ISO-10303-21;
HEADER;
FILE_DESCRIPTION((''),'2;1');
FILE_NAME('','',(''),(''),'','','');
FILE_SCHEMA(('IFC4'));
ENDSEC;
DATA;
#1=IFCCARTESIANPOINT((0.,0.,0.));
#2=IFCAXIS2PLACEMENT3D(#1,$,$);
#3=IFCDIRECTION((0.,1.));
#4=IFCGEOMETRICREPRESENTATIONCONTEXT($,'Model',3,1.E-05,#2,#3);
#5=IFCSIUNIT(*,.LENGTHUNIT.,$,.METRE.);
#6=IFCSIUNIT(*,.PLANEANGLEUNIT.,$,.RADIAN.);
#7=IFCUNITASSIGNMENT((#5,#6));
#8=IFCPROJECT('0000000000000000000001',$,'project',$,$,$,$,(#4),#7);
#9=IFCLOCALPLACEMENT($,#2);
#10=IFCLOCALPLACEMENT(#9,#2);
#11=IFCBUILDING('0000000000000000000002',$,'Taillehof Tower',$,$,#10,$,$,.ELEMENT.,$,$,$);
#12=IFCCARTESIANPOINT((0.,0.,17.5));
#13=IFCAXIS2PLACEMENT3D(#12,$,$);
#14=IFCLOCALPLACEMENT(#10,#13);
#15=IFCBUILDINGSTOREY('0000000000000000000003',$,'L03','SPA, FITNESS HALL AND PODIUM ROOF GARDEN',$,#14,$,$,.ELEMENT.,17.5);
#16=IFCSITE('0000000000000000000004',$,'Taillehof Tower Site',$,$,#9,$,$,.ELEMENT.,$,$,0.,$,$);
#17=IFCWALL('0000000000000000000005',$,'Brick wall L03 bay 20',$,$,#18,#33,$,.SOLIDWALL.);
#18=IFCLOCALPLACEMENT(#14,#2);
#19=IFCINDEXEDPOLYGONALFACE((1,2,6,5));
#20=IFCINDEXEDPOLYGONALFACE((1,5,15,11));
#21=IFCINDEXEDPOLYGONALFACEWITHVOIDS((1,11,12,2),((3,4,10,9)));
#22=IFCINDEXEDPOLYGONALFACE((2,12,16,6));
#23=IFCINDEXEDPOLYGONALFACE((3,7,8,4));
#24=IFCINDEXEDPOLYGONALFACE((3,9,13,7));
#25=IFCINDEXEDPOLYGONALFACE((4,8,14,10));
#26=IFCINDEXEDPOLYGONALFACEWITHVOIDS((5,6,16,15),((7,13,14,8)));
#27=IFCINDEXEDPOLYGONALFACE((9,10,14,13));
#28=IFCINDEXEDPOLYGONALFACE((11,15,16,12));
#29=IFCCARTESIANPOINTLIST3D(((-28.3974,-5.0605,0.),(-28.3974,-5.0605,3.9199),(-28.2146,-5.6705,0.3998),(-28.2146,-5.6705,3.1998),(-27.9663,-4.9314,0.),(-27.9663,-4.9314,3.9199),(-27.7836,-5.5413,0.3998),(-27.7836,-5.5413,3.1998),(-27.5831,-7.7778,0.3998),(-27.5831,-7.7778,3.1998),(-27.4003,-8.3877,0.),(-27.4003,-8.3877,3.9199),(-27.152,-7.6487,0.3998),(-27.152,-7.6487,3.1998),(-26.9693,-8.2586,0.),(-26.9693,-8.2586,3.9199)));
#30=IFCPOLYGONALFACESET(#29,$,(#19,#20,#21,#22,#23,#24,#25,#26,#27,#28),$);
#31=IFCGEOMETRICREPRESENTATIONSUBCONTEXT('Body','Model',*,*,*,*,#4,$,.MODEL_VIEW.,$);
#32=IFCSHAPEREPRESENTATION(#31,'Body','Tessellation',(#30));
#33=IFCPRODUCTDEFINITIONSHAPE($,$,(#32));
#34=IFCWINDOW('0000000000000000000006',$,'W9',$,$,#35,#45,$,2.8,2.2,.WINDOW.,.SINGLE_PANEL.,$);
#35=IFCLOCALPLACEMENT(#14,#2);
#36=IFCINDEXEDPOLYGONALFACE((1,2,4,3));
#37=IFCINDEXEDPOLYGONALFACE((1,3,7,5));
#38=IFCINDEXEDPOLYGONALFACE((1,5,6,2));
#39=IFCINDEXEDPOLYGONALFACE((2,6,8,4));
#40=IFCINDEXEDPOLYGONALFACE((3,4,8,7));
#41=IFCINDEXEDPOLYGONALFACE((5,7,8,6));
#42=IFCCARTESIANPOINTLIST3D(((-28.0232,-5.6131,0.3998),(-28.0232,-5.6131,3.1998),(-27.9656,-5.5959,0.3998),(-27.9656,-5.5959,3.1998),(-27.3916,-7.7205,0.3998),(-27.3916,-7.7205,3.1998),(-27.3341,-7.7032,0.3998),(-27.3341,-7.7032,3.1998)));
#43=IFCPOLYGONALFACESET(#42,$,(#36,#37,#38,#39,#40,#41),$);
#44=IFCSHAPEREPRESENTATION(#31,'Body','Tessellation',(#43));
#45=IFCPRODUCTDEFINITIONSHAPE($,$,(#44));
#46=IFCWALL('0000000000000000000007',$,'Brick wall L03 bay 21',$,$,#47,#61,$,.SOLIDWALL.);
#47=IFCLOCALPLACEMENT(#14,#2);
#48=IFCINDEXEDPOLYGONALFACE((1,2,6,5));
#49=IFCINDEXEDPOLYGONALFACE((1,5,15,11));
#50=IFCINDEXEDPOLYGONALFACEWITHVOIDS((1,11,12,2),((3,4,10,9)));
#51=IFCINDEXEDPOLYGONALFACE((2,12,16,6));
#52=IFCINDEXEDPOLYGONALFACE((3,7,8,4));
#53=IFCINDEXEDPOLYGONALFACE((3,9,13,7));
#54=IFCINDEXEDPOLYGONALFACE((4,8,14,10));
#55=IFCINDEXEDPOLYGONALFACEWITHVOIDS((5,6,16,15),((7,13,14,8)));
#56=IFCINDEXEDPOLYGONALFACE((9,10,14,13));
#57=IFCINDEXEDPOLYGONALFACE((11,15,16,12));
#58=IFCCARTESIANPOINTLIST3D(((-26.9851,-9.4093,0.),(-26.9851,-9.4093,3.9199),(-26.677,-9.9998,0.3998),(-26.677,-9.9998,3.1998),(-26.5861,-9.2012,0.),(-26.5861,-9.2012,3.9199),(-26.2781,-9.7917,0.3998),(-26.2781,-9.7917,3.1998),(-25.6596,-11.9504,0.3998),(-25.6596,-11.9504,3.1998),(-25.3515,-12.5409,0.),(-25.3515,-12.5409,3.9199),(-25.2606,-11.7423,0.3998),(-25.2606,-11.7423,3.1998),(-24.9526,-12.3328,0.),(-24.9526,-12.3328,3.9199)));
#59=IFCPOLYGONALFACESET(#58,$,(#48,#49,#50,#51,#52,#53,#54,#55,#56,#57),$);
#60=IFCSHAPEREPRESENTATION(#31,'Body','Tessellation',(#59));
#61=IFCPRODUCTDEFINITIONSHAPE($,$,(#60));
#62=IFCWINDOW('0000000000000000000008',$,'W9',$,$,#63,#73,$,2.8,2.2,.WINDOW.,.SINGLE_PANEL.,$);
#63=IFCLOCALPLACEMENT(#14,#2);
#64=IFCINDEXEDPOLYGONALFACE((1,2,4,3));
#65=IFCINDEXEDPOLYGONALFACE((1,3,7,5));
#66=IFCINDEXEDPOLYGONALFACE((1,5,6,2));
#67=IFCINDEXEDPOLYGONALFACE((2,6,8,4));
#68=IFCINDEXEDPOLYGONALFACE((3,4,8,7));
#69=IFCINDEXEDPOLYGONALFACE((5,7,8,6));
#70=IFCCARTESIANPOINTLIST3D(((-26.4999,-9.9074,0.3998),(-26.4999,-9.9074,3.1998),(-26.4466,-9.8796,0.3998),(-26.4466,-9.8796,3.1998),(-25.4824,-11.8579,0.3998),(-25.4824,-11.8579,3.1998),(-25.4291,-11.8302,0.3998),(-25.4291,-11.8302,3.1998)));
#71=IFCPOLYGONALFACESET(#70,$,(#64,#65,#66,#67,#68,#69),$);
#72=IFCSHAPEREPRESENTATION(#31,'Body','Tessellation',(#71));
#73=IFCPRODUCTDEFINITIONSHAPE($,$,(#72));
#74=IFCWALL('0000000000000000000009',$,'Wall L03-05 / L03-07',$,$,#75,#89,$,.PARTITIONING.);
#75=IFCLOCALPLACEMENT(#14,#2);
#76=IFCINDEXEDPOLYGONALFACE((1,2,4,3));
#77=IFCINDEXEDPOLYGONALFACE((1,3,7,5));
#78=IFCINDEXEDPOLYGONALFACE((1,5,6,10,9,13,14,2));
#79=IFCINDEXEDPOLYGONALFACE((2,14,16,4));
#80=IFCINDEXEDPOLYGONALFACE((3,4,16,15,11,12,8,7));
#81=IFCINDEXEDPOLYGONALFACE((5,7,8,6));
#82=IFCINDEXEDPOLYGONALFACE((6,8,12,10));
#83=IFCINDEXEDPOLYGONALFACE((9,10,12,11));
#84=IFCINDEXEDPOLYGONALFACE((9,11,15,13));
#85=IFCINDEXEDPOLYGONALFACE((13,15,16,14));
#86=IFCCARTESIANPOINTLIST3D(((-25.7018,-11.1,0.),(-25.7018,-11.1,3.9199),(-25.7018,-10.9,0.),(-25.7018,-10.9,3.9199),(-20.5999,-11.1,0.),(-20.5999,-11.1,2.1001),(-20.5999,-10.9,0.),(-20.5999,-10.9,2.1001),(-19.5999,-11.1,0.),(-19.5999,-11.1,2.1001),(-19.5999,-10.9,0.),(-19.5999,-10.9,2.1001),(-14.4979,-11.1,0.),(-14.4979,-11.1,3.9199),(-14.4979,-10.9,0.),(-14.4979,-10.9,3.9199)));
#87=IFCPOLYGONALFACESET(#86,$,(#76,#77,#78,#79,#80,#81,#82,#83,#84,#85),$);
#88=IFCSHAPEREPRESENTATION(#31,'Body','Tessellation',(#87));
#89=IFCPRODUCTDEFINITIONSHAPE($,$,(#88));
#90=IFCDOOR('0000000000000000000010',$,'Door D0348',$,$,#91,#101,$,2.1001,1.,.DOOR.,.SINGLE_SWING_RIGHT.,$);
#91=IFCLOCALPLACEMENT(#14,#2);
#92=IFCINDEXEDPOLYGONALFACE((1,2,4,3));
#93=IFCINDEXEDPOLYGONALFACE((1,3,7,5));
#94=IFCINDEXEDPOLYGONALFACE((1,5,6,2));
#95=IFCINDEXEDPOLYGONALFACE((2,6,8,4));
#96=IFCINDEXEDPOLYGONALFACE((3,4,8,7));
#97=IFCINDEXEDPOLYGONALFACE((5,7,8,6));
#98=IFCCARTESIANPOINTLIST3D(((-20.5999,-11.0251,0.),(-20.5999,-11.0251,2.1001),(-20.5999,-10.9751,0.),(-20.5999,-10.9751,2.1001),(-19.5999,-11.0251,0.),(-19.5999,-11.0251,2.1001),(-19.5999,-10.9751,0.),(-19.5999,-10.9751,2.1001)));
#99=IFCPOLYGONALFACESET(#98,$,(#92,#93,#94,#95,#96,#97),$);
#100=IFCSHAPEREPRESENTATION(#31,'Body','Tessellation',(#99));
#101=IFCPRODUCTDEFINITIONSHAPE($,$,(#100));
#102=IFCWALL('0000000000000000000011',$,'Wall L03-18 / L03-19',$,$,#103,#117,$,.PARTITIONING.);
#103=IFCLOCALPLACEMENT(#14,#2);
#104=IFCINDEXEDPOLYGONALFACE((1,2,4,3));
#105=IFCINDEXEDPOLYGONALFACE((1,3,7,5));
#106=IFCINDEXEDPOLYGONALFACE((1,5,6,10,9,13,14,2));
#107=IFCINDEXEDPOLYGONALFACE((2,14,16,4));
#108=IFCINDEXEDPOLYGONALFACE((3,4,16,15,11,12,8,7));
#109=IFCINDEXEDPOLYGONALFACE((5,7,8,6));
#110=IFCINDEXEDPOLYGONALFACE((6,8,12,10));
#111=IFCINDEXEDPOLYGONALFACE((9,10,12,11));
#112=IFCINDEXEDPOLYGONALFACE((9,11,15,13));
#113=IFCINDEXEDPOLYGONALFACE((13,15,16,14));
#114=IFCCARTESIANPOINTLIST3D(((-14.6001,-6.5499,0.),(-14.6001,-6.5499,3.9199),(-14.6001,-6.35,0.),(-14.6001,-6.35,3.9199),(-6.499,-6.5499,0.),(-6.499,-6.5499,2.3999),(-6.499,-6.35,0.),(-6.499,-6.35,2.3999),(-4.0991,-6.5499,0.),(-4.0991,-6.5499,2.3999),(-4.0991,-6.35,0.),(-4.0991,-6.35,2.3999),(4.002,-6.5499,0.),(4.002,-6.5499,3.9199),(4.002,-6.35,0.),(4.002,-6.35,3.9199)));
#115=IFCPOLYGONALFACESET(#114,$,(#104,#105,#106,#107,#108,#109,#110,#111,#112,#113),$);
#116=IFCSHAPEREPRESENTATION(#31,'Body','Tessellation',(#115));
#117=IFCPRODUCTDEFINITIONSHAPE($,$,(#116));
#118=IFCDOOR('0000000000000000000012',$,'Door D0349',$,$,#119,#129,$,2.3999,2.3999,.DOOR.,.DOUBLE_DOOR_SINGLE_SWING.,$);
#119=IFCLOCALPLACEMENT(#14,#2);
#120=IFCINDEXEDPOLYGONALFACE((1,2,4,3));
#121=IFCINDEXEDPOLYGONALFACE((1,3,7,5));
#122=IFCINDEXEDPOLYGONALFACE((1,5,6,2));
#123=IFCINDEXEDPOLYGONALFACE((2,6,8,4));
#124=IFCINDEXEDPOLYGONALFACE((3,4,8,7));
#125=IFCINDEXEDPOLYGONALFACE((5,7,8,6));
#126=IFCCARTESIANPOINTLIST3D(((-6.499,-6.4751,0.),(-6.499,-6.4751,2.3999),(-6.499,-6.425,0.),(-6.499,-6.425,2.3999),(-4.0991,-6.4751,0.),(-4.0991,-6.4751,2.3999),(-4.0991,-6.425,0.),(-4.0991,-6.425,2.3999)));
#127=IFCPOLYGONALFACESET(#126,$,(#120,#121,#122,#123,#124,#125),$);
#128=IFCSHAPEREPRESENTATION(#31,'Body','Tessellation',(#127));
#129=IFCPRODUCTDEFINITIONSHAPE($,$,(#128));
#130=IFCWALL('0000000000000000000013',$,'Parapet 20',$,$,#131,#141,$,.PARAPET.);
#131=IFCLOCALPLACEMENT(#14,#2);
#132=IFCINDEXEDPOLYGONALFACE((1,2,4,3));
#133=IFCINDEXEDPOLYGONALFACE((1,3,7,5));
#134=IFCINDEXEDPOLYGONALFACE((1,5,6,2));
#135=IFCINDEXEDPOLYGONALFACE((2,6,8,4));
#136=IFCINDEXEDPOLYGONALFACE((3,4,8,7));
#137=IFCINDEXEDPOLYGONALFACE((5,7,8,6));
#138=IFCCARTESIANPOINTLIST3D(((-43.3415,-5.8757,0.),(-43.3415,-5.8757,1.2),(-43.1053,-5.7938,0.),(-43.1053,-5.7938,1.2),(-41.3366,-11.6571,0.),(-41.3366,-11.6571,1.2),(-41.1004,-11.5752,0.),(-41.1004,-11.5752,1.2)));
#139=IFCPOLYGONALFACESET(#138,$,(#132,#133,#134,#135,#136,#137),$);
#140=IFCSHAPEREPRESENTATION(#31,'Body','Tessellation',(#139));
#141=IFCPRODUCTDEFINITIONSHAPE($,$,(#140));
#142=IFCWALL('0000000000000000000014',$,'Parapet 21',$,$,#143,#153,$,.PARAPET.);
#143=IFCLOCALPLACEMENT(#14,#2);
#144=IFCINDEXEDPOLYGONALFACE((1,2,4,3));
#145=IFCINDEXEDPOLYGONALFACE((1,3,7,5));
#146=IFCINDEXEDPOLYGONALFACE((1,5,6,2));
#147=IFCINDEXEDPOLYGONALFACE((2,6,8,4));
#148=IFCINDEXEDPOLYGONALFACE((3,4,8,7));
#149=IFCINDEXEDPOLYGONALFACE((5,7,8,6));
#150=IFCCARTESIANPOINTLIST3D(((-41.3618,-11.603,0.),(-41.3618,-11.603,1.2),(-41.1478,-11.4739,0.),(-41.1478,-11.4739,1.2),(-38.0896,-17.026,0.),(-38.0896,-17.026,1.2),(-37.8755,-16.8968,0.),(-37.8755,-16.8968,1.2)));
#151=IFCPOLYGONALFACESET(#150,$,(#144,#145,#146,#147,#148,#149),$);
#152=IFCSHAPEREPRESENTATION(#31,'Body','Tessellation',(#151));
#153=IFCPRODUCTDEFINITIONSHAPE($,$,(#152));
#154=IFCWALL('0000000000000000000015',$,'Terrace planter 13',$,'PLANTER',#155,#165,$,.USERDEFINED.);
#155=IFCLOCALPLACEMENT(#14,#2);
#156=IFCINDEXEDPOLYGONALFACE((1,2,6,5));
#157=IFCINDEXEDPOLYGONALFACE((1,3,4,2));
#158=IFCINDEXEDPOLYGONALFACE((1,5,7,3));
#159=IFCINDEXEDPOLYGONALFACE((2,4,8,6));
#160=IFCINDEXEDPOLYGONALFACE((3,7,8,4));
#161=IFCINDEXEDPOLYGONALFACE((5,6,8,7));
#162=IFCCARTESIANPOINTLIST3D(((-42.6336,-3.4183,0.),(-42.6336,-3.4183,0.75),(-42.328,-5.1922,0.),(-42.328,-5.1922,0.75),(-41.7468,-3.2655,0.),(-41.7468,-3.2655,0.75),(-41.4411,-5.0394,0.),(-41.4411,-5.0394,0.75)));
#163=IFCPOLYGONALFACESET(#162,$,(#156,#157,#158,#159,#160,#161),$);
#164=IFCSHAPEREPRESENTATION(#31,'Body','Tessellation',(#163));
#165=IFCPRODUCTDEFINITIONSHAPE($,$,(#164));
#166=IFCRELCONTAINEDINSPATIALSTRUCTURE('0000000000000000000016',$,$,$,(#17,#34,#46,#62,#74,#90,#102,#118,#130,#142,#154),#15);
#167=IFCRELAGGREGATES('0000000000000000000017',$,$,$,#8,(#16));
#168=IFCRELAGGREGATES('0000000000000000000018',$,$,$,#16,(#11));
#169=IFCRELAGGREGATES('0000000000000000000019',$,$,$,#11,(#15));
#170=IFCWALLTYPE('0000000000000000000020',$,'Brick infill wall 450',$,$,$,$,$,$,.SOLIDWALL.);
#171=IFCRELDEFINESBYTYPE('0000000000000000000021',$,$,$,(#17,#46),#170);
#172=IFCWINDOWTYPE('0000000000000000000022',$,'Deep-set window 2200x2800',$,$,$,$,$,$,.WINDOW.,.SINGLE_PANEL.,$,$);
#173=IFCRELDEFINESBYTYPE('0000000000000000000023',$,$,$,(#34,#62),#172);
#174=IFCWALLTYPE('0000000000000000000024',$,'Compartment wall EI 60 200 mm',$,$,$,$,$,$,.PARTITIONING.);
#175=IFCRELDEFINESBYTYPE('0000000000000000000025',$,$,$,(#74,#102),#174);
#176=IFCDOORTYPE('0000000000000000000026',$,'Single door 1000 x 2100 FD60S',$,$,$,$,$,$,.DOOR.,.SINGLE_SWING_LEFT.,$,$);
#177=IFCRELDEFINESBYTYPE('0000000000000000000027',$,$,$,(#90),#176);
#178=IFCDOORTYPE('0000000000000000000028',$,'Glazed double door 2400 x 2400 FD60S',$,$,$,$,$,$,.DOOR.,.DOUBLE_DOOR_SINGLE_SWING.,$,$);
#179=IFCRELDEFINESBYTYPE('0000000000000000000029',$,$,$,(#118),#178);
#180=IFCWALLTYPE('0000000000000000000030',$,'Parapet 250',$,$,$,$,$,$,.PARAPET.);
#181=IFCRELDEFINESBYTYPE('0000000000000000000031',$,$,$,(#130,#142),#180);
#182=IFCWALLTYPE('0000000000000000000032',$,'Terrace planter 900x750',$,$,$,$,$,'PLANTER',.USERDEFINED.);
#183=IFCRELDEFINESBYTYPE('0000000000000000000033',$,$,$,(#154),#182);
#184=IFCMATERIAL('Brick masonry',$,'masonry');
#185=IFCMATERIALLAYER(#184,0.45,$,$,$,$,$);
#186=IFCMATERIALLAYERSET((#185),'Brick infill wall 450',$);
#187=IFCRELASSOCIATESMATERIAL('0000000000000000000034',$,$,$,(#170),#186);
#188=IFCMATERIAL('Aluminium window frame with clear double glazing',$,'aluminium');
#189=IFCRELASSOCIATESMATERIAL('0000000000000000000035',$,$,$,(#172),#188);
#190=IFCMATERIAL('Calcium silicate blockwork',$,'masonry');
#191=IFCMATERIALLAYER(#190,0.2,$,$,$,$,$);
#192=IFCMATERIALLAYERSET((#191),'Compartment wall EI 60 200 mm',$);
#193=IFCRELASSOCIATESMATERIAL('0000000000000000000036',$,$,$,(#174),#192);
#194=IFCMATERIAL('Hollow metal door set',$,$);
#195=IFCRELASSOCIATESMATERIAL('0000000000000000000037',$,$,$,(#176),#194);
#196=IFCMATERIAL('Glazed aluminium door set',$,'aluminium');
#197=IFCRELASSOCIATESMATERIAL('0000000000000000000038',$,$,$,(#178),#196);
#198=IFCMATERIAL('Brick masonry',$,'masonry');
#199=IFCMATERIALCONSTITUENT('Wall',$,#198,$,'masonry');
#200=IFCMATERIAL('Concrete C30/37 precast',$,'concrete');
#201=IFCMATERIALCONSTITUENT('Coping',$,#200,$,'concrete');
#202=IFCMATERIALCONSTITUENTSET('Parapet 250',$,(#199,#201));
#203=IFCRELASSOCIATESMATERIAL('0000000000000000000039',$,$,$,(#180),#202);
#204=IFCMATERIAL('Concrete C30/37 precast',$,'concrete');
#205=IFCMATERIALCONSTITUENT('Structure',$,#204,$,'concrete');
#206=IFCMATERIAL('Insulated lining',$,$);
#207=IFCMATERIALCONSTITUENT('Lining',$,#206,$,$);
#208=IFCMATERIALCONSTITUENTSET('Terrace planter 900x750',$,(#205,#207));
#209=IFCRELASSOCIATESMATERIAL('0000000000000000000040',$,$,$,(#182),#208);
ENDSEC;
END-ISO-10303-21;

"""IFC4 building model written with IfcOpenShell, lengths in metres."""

from ifc_helpers import new_model, si_unit, direction, frame, frame_2d, origin, place, context, subcontext, project, spatial, rectangle, extrude, material, layer, layer_set, constituent, constituent_set, type_object, element, fill, save


model = new_model("IFC4")

# Units and contexts
model_context = context("Model", 3, precision=1e-05, world=origin(), true_north=direction((0.0, 1.0)))
body_context = subcontext(model_context, "Body", "Model", "MODEL_VIEW")
ifc_project = project(units=[si_unit("LENGTHUNIT", "METRE"), si_unit("PLANEANGLEUNIT", "RADIAN")], contexts=[model_context])

# Site, building, storey
site_placement = place(None, origin())
site = spatial("IfcSite", under=ifc_project, at=site_placement, Name="Taillehof Tower Site", CompositionType="ELEMENT", RefElevation=0.0)
building_placement = place(site_placement, origin())
building = spatial("IfcBuilding", under=site, at=building_placement, Name="Taillehof Tower", CompositionType="ELEMENT")
storey_placement = place(building_placement, frame((0.0, 0.0, 17.5)))
storey = spatial("IfcBuildingStorey", under=building, at=storey_placement, Name="L03", Description="SPA, FITNESS HALL AND PODIUM ROOF GARDEN", CompositionType="ELEMENT", Elevation=17.5)

# Shared definitions
ifc_material_1 = material(Name="Brick masonry", Category="masonry")
ifc_layer_1 = layer(ifc_material_1, 0.45)
ifc_layer_set_1 = layer_set([ifc_layer_1], Name="Brick infill wall 450")
wall_type_1 = type_object("IfcWallType", Name="Brick infill wall 450", PredefinedType="SOLIDWALL", material=ifc_layer_set_1)

# Walls, openings, windows
wall_1_placement = place(storey_placement, frame((-28.1819, -4.9958, 0.0), z_axis=(0.0, 0.0, 1.0), x_axis=(0.287064, -0.957911, 0.0)))
wall_1 = element("IfcWall", 1, at=wall_1_placement, inside=storey, type_object=wall_type_1, Name="Brick wall L03 bay 20", PredefinedType="SOLIDWALL", context=body_context, shape_type="SweptSolid", body=[
    extrude(rectangle(XDim=3.4734, YDim=0.45, at=frame_2d((1.7368, 0.0))), origin(), (0.0, 0.0, 1.0), 3.9199),
])
opening_1_placement = place(wall_1_placement, frame((0.6367, 0.0, 0.3999)))
opening_1 = element("IfcOpeningElement", 2, at=opening_1_placement, cuts=wall_1, PredefinedType="OPENING", context=body_context, shape_type="SweptSolid", body=[
    extrude(rectangle(XDim=2.2, YDim=2.8, at=frame_2d((1.1001, 1.3999))), frame((0.0, 0.2349, 0.0), z_axis=(0.0, -1.0, 0.0), x_axis=(1.0, 0.0, 0.0)), (0.0, 0.0, 1.0), 0.47),
])
ifc_material_2 = material(Name="Aluminium window frame with clear double glazing", Category="aluminium")
window_type = type_object("IfcWindowType", Name="Deep-set window 2200x2800", PartitioningType="SINGLE_PANEL", PredefinedType="WINDOW", material=ifc_material_2)
window_1_placement = place(opening_1_placement, origin())
window_1 = element("IfcWindow", 3, at=window_1_placement, inside=storey, type_object=window_type, Name="W9", OverallHeight=2.8, OverallWidth=2.2, PartitioningType="SINGLE_PANEL", PredefinedType="WINDOW", context=body_context, shape_type="SweptSolid", body=[
    extrude(rectangle(XDim=2.2, YDim=2.8, at=frame_2d((1.1001, 1.3999))), frame((0.0, 0.0349, 0.0), z_axis=(0.0, -1.0, 0.0), x_axis=(1.0, 0.0, 0.0)), (0.0, 0.0, 1.0), 0.0601),
])
fill(opening_1, window_1)
wall_2_placement = place(storey_placement, frame((-26.7856, -9.3052, 0.0), z_axis=(0.0, 0.0, 1.0), x_axis=(0.462493, -0.886623, 0.0)))
wall_2 = element("IfcWall", 4, at=wall_2_placement, inside=storey, type_object=wall_type_1, Name="Brick wall L03 bay 21", PredefinedType="SOLIDWALL", context=body_context, shape_type="SweptSolid", body=[
    extrude(rectangle(XDim=3.532, YDim=0.45, at=frame_2d((1.7661, 0.0))), origin(), (0.0, 0.0, 1.0), 3.9199),
])
opening_2_placement = place(wall_2_placement, frame((0.666, 0.0, 0.3999)))
opening_2 = element("IfcOpeningElement", 5, at=opening_2_placement, cuts=wall_2, PredefinedType="OPENING", context=body_context, shape_type="SweptSolid", body=[
    extrude(rectangle(XDim=2.2, YDim=2.8, at=frame_2d((1.1001, 1.3999))), frame((0.0, 0.2349, 0.0), z_axis=(0.0, -1.0, 0.0), x_axis=(1.0, 0.0, 0.0)), (0.0, 0.0, 1.0), 0.47),
])
window_2_placement = place(opening_2_placement, origin())
window_2 = element("IfcWindow", 6, at=window_2_placement, inside=storey, type_object=window_type, Name="W9", OverallHeight=2.8, OverallWidth=2.2, PartitioningType="SINGLE_PANEL", PredefinedType="WINDOW", context=body_context, shape_type="SweptSolid", body=[
    extrude(rectangle(XDim=2.2, YDim=2.8, at=frame_2d((1.1001, 1.3999))), frame((0.0, 0.0349, 0.0), z_axis=(0.0, -1.0, 0.0), x_axis=(1.0, 0.0, 0.0)), (0.0, 0.0, 1.0), 0.0601),
])
fill(opening_2, window_2)

# Walls, openings, doors
ifc_material_3 = material(Name="Calcium silicate blockwork", Category="masonry")
ifc_layer_2 = layer(ifc_material_3, 0.2)
ifc_layer_set_2 = layer_set([ifc_layer_2], Name="Compartment wall EI 60 200 mm")
wall_type_2 = type_object("IfcWallType", Name="Compartment wall EI 60 200 mm", PredefinedType="PARTITIONING", material=ifc_layer_set_2)
wall_3_placement = place(storey_placement, frame((-25.7019, -11.0, 0.0), z_axis=(0.0, 0.0, 1.0), x_axis=(1.0, 0.0, 0.0)))
wall_3 = element("IfcWall", 7, at=wall_3_placement, inside=storey, type_object=wall_type_2, Name="Wall L03-05 / L03-07", PredefinedType="PARTITIONING", context=body_context, shape_type="SweptSolid", body=[
    extrude(rectangle(XDim=11.2039, YDim=0.2, at=frame_2d((5.6021, 0.0))), origin(), (0.0, 0.0, 1.0), 3.9199),
])
opening_3_placement = place(wall_3_placement, frame((5.1021, 0.0, 0.0)))
opening_3 = element("IfcOpeningElement", 8, at=opening_3_placement, cuts=wall_3, PredefinedType="OPENING", context=body_context, shape_type="SweptSolid", body=[
    extrude(rectangle(XDim=1.0, YDim=2.1001, at=frame_2d((0.5, 1.05))), frame((0.0, 0.1099, 0.0), z_axis=(0.0, -1.0, 0.0), x_axis=(1.0, 0.0, 0.0)), (0.0, 0.0, 1.0), 0.22),
])
ifc_material_4 = material(Name="Hollow metal door set")
door_type_1 = type_object("IfcDoorType", Name="Single door 1000 x 2100 FD60S", OperationType="SINGLE_SWING_LEFT", PredefinedType="DOOR", material=ifc_material_4)
door_1_placement = place(opening_3_placement, origin())
door_1 = element("IfcDoor", 9, at=door_1_placement, inside=storey, type_object=door_type_1, Name="Door D0348", OperationType="SINGLE_SWING_RIGHT", OverallHeight=2.1001, OverallWidth=1.0, PredefinedType="DOOR", context=body_context, shape_type="SweptSolid", body=[
    extrude(rectangle(XDim=1.0, YDim=2.1001, at=frame_2d((0.5, 1.05))), frame((0.0, 0.0249, 0.0), z_axis=(0.0, -1.0, 0.0), x_axis=(1.0, 0.0, 0.0)), (0.0, 0.0, 1.0), 0.05),
])
fill(opening_3, door_1)
wall_4_placement = place(storey_placement, frame((-14.6001, -6.45, 0.0), z_axis=(0.0, 0.0, 1.0), x_axis=(1.0, 0.0, 0.0)))
wall_4 = element("IfcWall", 10, at=wall_4_placement, inside=storey, type_object=wall_type_2, Name="Wall L03-18 / L03-19", PredefinedType="PARTITIONING", context=body_context, shape_type="SweptSolid", body=[
    extrude(rectangle(XDim=18.6021, YDim=0.2, at=frame_2d((9.301, 0.0))), origin(), (0.0, 0.0, 1.0), 3.9199),
])
opening_4_placement = place(wall_4_placement, frame((8.1011, 0.0, 0.0)))
opening_4 = element("IfcOpeningElement", 11, at=opening_4_placement, cuts=wall_4, PredefinedType="OPENING", context=body_context, shape_type="SweptSolid", body=[
    extrude(rectangle(XDim=2.3999, YDim=2.3999, at=frame_2d((1.2, 1.2))), frame((0.0, 0.1099, 0.0), z_axis=(0.0, -1.0, 0.0), x_axis=(1.0, 0.0, 0.0)), (0.0, 0.0, 1.0), 0.22),
])
ifc_material_5 = material(Name="Glazed aluminium door set", Category="aluminium")
door_type_2 = type_object("IfcDoorType", Name="Glazed double door 2400 x 2400 FD60S", OperationType="DOUBLE_DOOR_SINGLE_SWING", PredefinedType="DOOR", material=ifc_material_5)
door_2_placement = place(opening_4_placement, origin())
door_2 = element("IfcDoor", 12, at=door_2_placement, inside=storey, type_object=door_type_2, Name="Door D0349", OperationType="DOUBLE_DOOR_SINGLE_SWING", OverallHeight=2.3999, OverallWidth=2.3999, PredefinedType="DOOR", context=body_context, shape_type="SweptSolid", body=[
    extrude(rectangle(XDim=2.3999, YDim=2.3999, at=frame_2d((1.2, 1.2))), frame((0.0, 0.0249, 0.0), z_axis=(0.0, -1.0, 0.0), x_axis=(1.0, 0.0, 0.0)), (0.0, 0.0, 1.0), 0.05),
])
fill(opening_4, door_2)

# Walls
ifc_material_6 = material(Name="Brick masonry", Category="masonry")
ifc_constituent_1 = constituent(ifc_material_6, Name="Wall", Category="masonry")
ifc_material_7 = material(Name="Concrete C30/37 precast", Category="concrete")
ifc_constituent_2 = constituent(ifc_material_7, Name="Coping", Category="concrete")
ifc_constituent_set_1 = constituent_set(constituents=[ifc_constituent_1, ifc_constituent_2], Name="Parapet 250")
wall_type_3 = type_object("IfcWallType", Name="Parapet 250", PredefinedType="PARAPET", material=ifc_constituent_set_1)
wall_5_placement = place(storey_placement, frame((-43.2234, -5.8347, 0.0), z_axis=(0.0, 0.0, 1.0), x_axis=(0.327635, -0.944804, 0.0)))
element("IfcWall", 13, at=wall_5_placement, inside=storey, type_object=wall_type_3, Name="Parapet 20", PredefinedType="PARAPET", context=body_context, shape_type="SweptSolid", body=[
    extrude(rectangle(XDim=6.1191, YDim=0.25, at=frame_2d((3.0596, 0.0))), origin(), (0.0, 0.0, 1.0), 1.2),
])
wall_6_placement = place(storey_placement, frame((-41.2549, -11.5383, 0.0), z_axis=(0.0, 0.0, 1.0), x_axis=(0.516643, -0.856201, 0.0)))
element("IfcWall", 14, at=wall_6_placement, inside=storey, type_object=wall_type_3, Name="Parapet 21", PredefinedType="PARAPET", context=body_context, shape_type="SweptSolid", body=[
    extrude(rectangle(XDim=6.3337, YDim=0.25, at=frame_2d((3.167, 0.0))), origin(), (0.0, 0.0, 1.0), 1.2),
])
ifc_material_8 = material(Name="Concrete C30/37 precast", Category="concrete")
ifc_constituent_3 = constituent(ifc_material_8, Name="Structure", Category="concrete")
ifc_material_9 = material(Name="Insulated lining")
ifc_constituent_4 = constituent(ifc_material_9, Name="Lining")
ifc_constituent_set_2 = constituent_set(constituents=[ifc_constituent_3, ifc_constituent_4], Name="Terrace planter 900x750")
wall_type_4 = type_object("IfcWallType", Name="Terrace planter 900x750", ElementType="PLANTER", PredefinedType="USERDEFINED", material=ifc_constituent_set_2)
wall_7_placement = place(storey_placement, frame((-42.1902, -3.342, 0.0), z_axis=(0.0, 0.0, 1.0), x_axis=(0.169807, -0.985477, 0.0)))
element("IfcWall", 15, at=wall_7_placement, inside=storey, type_object=wall_type_4, Name="Terrace planter 13", ObjectType="PLANTER", PredefinedType="USERDEFINED", context=body_context, shape_type="SweptSolid", body=[
    extrude(rectangle(XDim=1.8, YDim=0.8999, at=frame_2d((0.8999, 0.0))), origin(), (0.0, 0.0, 1.0), 0.75),
])

save(model, "model.ifc")
